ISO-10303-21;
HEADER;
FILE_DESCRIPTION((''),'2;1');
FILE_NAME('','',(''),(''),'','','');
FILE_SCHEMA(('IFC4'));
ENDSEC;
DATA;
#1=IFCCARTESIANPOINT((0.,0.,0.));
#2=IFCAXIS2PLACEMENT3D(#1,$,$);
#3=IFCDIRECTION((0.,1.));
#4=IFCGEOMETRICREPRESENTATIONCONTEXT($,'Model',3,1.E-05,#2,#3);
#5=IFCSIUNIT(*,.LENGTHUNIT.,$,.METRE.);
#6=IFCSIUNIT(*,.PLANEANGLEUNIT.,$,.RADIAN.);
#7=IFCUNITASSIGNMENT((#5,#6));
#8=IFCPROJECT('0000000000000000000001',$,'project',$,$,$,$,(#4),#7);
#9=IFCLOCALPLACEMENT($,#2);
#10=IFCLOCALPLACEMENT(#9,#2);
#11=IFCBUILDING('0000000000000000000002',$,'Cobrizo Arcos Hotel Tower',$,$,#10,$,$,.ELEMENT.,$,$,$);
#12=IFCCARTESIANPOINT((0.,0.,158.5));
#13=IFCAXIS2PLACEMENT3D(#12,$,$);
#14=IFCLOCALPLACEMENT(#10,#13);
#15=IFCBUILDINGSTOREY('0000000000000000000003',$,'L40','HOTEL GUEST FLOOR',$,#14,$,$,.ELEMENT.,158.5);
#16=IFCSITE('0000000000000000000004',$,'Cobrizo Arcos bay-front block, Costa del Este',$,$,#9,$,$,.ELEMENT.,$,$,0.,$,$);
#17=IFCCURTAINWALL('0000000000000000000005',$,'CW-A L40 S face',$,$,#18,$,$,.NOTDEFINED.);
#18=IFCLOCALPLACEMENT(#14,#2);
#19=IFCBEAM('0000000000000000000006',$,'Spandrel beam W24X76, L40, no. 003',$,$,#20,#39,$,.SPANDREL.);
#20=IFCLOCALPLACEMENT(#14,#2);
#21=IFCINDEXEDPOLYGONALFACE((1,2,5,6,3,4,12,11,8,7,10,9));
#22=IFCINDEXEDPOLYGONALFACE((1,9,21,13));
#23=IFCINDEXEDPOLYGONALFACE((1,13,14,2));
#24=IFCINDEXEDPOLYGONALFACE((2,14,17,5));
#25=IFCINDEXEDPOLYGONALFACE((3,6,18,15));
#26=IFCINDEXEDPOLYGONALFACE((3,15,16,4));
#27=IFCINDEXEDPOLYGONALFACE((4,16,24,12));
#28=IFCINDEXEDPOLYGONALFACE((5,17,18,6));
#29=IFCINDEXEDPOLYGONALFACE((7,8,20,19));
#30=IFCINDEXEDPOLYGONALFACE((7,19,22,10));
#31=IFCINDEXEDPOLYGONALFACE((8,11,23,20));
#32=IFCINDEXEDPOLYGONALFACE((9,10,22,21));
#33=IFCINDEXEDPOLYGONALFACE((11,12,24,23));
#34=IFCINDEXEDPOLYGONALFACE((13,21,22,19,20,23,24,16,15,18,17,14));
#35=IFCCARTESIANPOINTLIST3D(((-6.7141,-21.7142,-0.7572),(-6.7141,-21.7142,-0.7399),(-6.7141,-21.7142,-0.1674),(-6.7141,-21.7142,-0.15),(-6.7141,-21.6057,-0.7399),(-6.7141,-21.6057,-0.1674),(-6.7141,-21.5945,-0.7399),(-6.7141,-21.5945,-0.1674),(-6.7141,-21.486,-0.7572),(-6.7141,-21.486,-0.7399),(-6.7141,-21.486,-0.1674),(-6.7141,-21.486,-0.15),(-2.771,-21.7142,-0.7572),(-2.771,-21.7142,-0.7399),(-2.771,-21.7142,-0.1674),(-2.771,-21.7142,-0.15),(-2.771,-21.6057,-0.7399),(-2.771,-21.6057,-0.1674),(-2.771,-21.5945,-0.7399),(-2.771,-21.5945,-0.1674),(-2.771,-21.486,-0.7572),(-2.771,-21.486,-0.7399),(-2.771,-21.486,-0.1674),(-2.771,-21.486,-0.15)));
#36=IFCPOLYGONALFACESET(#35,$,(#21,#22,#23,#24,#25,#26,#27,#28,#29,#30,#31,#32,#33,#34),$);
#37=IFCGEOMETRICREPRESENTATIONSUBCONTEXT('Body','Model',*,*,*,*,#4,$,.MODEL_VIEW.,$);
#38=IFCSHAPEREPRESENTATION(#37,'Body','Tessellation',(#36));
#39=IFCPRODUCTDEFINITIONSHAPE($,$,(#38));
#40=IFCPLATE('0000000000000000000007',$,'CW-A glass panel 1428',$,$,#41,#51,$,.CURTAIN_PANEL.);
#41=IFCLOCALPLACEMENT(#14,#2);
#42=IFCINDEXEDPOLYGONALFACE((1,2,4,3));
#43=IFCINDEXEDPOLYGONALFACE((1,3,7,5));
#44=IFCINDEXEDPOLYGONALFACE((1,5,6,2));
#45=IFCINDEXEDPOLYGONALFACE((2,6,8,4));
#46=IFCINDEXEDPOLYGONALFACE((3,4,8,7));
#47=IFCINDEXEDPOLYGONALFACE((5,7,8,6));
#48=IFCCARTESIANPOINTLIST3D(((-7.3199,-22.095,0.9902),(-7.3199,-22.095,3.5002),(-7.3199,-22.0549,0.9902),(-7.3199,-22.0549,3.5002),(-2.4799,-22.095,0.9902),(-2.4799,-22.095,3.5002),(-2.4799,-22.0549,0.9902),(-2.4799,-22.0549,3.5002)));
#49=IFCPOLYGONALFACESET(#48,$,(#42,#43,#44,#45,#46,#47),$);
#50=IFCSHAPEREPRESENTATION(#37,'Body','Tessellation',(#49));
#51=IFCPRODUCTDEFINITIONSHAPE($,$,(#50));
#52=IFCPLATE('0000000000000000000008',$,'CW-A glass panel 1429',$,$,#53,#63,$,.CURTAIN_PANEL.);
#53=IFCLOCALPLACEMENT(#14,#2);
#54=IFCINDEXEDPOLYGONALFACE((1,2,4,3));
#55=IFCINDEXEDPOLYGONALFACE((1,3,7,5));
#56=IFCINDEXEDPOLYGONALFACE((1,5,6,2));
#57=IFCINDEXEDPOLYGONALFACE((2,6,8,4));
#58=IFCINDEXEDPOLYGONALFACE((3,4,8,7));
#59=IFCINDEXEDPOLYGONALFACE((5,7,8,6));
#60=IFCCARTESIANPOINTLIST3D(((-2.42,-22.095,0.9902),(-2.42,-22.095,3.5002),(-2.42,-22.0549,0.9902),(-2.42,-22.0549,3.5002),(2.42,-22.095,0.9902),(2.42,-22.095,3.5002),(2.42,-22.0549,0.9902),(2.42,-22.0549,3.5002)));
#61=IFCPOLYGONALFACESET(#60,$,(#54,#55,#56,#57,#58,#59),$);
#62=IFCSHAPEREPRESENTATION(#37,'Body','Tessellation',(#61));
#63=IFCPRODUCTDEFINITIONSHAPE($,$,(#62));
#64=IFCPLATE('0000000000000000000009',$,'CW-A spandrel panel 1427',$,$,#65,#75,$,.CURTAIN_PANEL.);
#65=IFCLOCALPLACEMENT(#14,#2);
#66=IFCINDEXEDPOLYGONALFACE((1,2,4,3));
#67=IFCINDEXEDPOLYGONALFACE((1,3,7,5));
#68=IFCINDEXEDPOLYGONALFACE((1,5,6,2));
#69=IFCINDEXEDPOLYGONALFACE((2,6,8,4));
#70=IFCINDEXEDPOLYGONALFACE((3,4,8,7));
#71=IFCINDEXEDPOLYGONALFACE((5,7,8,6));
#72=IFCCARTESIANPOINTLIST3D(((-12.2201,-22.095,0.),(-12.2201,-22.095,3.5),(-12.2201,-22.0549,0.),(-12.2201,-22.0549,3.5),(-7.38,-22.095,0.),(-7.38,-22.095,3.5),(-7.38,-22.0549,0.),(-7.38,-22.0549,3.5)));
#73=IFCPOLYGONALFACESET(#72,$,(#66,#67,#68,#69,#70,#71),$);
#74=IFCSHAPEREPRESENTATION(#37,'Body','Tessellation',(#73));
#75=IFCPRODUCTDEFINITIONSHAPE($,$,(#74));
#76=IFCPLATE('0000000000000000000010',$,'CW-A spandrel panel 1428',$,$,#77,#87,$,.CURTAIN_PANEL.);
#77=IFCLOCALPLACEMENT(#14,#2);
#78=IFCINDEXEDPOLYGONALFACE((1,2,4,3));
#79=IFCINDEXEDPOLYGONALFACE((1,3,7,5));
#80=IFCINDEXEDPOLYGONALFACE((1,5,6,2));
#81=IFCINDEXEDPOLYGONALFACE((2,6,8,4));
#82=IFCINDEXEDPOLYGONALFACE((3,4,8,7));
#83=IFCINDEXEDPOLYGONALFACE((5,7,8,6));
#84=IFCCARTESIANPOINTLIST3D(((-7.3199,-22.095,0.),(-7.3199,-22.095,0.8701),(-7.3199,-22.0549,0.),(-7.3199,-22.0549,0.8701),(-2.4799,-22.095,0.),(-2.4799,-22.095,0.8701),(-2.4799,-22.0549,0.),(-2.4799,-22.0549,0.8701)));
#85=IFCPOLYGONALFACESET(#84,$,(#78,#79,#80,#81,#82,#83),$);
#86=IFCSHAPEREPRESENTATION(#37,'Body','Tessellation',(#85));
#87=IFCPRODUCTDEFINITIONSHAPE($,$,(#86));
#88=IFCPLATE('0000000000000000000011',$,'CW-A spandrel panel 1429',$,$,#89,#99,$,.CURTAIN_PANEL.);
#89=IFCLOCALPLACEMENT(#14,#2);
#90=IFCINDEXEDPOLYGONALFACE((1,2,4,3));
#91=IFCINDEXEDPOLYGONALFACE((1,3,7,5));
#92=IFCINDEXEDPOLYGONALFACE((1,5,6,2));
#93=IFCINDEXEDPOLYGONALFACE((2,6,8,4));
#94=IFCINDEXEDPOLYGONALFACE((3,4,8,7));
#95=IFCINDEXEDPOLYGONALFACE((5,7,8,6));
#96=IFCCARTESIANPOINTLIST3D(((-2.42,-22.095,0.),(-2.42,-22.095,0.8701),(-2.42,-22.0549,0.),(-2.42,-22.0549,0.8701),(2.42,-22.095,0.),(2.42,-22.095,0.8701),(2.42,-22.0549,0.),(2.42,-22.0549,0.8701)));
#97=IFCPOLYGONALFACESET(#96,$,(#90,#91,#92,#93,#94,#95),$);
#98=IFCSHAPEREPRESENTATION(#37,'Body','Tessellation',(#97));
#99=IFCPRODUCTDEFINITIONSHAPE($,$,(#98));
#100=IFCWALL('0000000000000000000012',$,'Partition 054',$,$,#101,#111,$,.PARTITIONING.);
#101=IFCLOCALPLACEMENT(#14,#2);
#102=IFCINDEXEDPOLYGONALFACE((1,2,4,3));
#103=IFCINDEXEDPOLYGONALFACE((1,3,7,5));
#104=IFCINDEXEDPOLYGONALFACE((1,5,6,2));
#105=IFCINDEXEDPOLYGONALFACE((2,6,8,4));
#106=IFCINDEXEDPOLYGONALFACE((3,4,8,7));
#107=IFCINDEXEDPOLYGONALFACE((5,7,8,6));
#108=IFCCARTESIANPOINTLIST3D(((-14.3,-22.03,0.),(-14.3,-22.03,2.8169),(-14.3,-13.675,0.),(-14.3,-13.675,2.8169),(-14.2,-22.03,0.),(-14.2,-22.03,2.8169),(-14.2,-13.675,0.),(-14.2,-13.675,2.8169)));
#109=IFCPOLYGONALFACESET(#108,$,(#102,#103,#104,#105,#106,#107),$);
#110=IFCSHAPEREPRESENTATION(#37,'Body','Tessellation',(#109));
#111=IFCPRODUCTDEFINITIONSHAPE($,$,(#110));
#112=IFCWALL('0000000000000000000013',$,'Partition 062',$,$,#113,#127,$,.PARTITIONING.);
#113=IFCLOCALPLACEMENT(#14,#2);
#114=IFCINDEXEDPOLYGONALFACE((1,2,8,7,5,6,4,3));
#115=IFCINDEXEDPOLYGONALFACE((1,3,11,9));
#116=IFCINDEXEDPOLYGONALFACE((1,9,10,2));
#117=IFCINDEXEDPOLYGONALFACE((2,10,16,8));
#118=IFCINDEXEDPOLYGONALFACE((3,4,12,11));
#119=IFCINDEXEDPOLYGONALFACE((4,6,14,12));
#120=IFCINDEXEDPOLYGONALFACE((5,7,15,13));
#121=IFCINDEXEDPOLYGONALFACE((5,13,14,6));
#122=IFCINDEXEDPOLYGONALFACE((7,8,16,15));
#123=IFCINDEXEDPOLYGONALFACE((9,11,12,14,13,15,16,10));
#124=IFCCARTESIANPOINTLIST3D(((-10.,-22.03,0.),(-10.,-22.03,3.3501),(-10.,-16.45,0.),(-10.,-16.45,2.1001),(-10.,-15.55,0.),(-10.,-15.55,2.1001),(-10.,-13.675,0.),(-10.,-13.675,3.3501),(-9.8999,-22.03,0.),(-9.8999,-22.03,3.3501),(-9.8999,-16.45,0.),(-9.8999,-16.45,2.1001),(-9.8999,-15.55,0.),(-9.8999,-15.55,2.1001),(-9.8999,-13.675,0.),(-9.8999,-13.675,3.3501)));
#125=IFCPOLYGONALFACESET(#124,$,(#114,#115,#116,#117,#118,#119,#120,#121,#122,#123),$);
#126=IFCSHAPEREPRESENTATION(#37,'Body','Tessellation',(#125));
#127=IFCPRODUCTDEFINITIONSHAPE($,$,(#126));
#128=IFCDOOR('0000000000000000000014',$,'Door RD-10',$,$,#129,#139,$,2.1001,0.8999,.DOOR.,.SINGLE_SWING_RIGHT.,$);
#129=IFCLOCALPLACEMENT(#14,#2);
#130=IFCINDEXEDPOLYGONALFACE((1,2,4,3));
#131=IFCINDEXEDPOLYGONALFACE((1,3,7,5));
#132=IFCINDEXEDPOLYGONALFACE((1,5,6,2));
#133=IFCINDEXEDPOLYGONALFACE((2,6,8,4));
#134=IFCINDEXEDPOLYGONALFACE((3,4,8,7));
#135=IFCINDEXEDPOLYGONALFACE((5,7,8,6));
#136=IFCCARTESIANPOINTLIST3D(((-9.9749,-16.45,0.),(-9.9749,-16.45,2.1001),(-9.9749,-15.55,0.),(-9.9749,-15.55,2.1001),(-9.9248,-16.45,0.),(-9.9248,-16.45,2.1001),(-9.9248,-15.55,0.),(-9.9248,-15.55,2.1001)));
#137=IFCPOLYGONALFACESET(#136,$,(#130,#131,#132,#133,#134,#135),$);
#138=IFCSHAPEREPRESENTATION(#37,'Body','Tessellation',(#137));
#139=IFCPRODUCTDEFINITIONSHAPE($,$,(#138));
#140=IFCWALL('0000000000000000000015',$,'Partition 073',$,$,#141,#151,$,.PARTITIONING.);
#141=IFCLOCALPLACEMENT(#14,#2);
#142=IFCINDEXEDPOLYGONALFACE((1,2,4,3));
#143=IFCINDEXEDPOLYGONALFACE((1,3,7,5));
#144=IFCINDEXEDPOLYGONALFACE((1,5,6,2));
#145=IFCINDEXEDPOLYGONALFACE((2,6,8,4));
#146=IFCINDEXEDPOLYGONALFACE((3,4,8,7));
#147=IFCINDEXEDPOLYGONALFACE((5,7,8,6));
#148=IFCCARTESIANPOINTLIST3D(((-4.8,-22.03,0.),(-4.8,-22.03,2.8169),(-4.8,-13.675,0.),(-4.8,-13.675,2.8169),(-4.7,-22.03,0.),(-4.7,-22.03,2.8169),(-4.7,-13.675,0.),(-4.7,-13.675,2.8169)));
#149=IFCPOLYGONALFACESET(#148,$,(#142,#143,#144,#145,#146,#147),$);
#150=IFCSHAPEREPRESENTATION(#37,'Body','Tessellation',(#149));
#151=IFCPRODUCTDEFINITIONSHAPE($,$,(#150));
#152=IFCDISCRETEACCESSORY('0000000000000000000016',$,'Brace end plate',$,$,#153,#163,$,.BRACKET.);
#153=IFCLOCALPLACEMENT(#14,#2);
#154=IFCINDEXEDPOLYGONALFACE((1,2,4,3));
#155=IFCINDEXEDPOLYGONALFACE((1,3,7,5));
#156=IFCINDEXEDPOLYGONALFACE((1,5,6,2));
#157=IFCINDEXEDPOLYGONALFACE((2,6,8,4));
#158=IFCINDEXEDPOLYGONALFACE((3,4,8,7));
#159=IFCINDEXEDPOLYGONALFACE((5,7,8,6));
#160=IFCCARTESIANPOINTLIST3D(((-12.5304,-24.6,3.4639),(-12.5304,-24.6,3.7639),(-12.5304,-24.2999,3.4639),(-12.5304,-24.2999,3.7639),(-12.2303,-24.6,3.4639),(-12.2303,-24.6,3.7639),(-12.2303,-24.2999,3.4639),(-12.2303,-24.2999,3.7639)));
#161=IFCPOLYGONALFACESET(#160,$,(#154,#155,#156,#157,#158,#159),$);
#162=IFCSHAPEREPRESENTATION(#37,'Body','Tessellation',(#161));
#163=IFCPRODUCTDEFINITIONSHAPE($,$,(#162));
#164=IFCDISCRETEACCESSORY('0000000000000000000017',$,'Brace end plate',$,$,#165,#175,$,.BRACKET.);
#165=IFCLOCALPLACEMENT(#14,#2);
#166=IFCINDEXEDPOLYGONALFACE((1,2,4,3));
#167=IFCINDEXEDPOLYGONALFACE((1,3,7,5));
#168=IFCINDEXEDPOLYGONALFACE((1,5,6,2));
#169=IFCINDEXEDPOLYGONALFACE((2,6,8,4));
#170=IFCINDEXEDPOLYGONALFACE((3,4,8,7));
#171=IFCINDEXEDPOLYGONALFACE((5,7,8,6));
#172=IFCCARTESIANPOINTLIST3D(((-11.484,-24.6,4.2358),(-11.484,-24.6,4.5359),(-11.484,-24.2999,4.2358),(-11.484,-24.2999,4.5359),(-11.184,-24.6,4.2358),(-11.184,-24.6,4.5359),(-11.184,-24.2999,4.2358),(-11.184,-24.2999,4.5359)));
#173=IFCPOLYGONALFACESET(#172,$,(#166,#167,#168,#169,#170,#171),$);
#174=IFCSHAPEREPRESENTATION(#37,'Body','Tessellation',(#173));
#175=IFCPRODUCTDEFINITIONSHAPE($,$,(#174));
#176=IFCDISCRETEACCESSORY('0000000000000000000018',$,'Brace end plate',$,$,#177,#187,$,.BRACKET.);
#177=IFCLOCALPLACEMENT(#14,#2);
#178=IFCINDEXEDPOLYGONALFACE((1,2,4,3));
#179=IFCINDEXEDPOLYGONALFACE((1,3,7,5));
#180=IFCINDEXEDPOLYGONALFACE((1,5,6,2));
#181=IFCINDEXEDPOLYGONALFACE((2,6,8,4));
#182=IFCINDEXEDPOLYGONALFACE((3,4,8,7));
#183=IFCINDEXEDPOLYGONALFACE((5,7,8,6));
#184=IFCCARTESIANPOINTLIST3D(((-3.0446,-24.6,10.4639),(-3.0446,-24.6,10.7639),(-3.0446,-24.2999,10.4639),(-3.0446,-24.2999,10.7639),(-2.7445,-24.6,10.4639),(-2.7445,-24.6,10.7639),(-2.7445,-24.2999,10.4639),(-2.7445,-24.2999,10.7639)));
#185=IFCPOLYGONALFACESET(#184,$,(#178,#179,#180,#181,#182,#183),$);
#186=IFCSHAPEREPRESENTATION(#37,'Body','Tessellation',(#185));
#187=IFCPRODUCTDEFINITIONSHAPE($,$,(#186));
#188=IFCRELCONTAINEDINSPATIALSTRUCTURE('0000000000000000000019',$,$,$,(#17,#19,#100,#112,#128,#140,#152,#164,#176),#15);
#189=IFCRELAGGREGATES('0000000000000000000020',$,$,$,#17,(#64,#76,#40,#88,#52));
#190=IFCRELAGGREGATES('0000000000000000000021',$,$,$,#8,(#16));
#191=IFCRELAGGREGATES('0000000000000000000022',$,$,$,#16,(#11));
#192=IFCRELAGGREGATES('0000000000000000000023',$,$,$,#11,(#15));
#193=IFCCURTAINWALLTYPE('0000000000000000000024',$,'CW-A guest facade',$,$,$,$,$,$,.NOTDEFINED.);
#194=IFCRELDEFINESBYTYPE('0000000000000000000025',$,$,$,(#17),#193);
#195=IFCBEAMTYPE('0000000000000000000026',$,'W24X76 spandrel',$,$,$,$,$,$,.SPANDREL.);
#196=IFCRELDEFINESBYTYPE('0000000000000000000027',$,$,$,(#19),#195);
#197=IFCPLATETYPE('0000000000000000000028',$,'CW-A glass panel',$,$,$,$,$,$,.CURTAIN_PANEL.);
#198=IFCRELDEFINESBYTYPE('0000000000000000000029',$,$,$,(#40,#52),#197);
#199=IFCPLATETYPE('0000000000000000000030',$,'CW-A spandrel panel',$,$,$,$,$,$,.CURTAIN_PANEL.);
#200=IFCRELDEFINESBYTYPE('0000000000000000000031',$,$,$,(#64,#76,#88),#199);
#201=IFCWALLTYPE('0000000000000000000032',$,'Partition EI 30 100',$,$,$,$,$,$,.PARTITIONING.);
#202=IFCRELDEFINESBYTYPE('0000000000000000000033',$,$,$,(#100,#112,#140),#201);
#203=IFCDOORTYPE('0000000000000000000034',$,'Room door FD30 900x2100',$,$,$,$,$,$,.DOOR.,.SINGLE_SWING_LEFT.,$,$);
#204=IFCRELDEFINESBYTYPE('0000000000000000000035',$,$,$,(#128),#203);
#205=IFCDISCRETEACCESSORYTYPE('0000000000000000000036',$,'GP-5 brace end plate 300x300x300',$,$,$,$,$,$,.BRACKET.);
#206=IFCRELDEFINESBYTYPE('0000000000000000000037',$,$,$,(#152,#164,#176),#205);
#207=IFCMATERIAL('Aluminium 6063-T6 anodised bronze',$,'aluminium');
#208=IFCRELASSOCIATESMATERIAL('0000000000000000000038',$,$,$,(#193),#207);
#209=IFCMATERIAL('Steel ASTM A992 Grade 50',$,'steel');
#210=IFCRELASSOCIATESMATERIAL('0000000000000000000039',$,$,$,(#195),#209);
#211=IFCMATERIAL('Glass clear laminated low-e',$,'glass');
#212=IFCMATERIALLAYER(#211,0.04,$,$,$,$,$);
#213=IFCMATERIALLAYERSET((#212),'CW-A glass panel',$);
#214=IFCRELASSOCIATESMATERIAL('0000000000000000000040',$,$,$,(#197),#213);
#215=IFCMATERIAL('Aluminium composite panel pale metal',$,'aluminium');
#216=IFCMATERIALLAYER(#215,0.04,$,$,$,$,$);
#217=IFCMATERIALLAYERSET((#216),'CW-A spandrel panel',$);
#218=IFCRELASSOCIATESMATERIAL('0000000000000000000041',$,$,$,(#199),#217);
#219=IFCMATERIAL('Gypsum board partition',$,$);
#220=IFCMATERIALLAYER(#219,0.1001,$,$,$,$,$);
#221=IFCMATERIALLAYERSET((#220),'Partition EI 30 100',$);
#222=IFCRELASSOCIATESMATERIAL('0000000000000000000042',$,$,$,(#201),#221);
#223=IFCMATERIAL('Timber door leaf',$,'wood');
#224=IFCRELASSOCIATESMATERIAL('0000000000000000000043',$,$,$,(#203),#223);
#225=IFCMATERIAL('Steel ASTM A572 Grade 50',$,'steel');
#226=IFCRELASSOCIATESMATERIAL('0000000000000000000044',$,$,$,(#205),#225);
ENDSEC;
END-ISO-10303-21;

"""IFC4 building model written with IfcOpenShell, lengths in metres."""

from ifc_helpers import new_model, si_unit, direction, frame, frame_2d, origin, origin_2d, place, context, subcontext, project, spatial, rectangle, i_section, extrude, material, layer, layer_set, material_profile, profile_set, type_object, element, fill, aggregate, save


model = new_model("IFC4")

# Units and contexts
model_context = context("Model", 3, precision=1e-05, world=origin(), true_north=direction((0.0, 1.0)))
body_context = subcontext(model_context, "Body", "Model", "MODEL_VIEW")
ifc_project = project(units=[si_unit("LENGTHUNIT", "METRE"), si_unit("PLANEANGLEUNIT", "RADIAN")], contexts=[model_context])

# Site, building, storey
site_placement = place(None, origin())
site = spatial("IfcSite", under=ifc_project, at=site_placement, Name="Cobrizo Arcos bay-front block, Costa del Este", CompositionType="ELEMENT", RefElevation=0.0)
building_placement = place(site_placement, origin())
building = spatial("IfcBuilding", under=site, at=building_placement, Name="Cobrizo Arcos Hotel Tower", CompositionType="ELEMENT")
storey_placement = place(building_placement, frame((0.0, 0.0, 158.5)))
storey = spatial("IfcBuildingStorey", under=building, at=storey_placement, Name="L40", Description="HOTEL GUEST FLOOR", CompositionType="ELEMENT", Elevation=158.5)

# Shared definitions
ifc_material_1 = material(Name="Steel ASTM A572 Grade 50", Category="steel")

# Curtain wall
ifc_material_2 = material(Name="Aluminium 6063-T6 anodised bronze", Category="aluminium")
curtain_wall_type = type_object("IfcCurtainWallType", Name="CW-A guest facade", PredefinedType="NOTDEFINED", material=ifc_material_2)
curtain_wall_placement = place(storey_placement, origin())
curtain_wall = element("IfcCurtainWall", 1, at=curtain_wall_placement, inside=storey, type_object=curtain_wall_type, Name="CW-A L40 S face", PredefinedType="NOTDEFINED")

# Beam
ifc_material_3 = material(Name="Steel ASTM A992 Grade 50", Category="steel")
ifc_material_profile_1 = material_profile(ifc_material_3, i_section(OverallWidth=0.2283, OverallDepth=0.6072, WebThickness=0.0112, FlangeThickness=0.0173, at=origin_2d()), Name="W24X76")
ifc_profile_set_1 = profile_set([ifc_material_profile_1], Name="Steel ASTM A992 Grade 50")
beam_type = type_object("IfcBeamType", Name="W24X76 spandrel", PredefinedType="SPANDREL", material=ifc_profile_set_1)
for number, where, z_axis, x_axis, name in (
    (2, (-6.7141, -21.6001, -0.4536), (1.0, 0.0, 0.0), (0.0, 1.0, 0.0), "Spandrel beam W24X76, L40, no. 003"),
):
    element("IfcBeam", number, at=place(storey_placement, frame(where, z_axis=z_axis, x_axis=x_axis)), inside=storey, type_object=beam_type, Name=name, PredefinedType="SPANDREL", context=body_context, shape_type="SweptSolid", body=[
        extrude(i_section(OverallWidth=0.2283, OverallDepth=0.6072, WebThickness=0.0112, FlangeThickness=0.0173, at=origin_2d()), origin(), (0.0, 0.0, 1.0), 3.9431),
    ])

# Plates
ifc_material_4 = material(Name="Glass clear laminated low-e", Category="glass")
ifc_layer_1 = layer(ifc_material_4, 0.04)
ifc_layer_set_1 = layer_set([ifc_layer_1], Name="CW-A glass panel")
plate_type_1 = type_object("IfcPlateType", Name="CW-A glass panel", PredefinedType="CURTAIN_PANEL", material=ifc_layer_set_1)
plate_1_placement = place(storey_placement, frame((-4.8999, -22.075, 0.9902), z_axis=(0.0, 0.0, 1.0), x_axis=(1.0, 0.0, 0.0)))
plate_1 = element("IfcPlate", 3, at=plate_1_placement, type_object=plate_type_1, Name="CW-A glass panel 1428", PredefinedType="CURTAIN_PANEL", context=body_context, shape_type="SweptSolid", body=[
    extrude(rectangle(XDim=4.8401, YDim=0.04, at=origin_2d()), origin(), (0.0, 0.0, 1.0), 2.51),
])
plate_2_placement = place(storey_placement, frame((0.0, -22.075, 0.9902), z_axis=(0.0, 0.0, 1.0), x_axis=(1.0, 0.0, 0.0)))
plate_2 = element("IfcPlate", 4, at=plate_2_placement, type_object=plate_type_1, Name="CW-A glass panel 1429", PredefinedType="CURTAIN_PANEL", context=body_context, shape_type="SweptSolid", body=[
    extrude(rectangle(XDim=4.8401, YDim=0.04, at=origin_2d()), origin(), (0.0, 0.0, 1.0), 2.51),
])
ifc_material_5 = material(Name="Aluminium composite panel pale metal", Category="aluminium")
ifc_layer_2 = layer(ifc_material_5, 0.04)
ifc_layer_set_2 = layer_set([ifc_layer_2], Name="CW-A spandrel panel")
plate_type_2 = type_object("IfcPlateType", Name="CW-A spandrel panel", PredefinedType="CURTAIN_PANEL", material=ifc_layer_set_2)
plate_3_placement = place(storey_placement, frame((-9.8, -22.075, 0.0), z_axis=(0.0, 0.0, 1.0), x_axis=(1.0, 0.0, 0.0)))
plate_3 = element("IfcPlate", 5, at=plate_3_placement, type_object=plate_type_2, Name="CW-A spandrel panel 1427", PredefinedType="CURTAIN_PANEL", context=body_context, shape_type="SweptSolid", body=[
    extrude(rectangle(XDim=4.8401, YDim=0.04, at=origin_2d()), origin(), (0.0, 0.0, 1.0), 3.5),
])
plate_4_placement = place(storey_placement, frame((-4.8999, -22.075, 0.0), z_axis=(0.0, 0.0, 1.0), x_axis=(1.0, 0.0, 0.0)))
plate_4 = element("IfcPlate", 6, at=plate_4_placement, type_object=plate_type_2, Name="CW-A spandrel panel 1428", PredefinedType="CURTAIN_PANEL", context=body_context, shape_type="SweptSolid", body=[
    extrude(rectangle(XDim=4.8401, YDim=0.04, at=origin_2d()), origin(), (0.0, 0.0, 1.0), 0.8701),
])
plate_5_placement = place(storey_placement, frame((0.0, -22.075, 0.0), z_axis=(0.0, 0.0, 1.0), x_axis=(1.0, 0.0, 0.0)))
plate_5 = element("IfcPlate", 7, at=plate_5_placement, type_object=plate_type_2, Name="CW-A spandrel panel 1429", PredefinedType="CURTAIN_PANEL", context=body_context, shape_type="SweptSolid", body=[
    extrude(rectangle(XDim=4.8401, YDim=0.04, at=origin_2d()), origin(), (0.0, 0.0, 1.0), 0.8701),
])
aggregate(curtain_wall, [plate_3, plate_4, plate_1, plate_5, plate_2])

# Wall
ifc_material_6 = material(Name="Gypsum board partition")
ifc_layer_3 = layer(ifc_material_6, 0.1001)
ifc_layer_set_3 = layer_set([ifc_layer_3], Name="Partition EI 30 100")
wall_type = type_object("IfcWallType", Name="Partition EI 30 100", PredefinedType="PARTITIONING", material=ifc_layer_set_3)
wall_1_placement = place(storey_placement, frame((-14.25, -22.03, 0.0), z_axis=(0.0, 0.0, 1.0), x_axis=(0.0, 1.0, 0.0)))
element("IfcWall", 8, at=wall_1_placement, inside=storey, type_object=wall_type, Name="Partition 054", PredefinedType="PARTITIONING", context=body_context, shape_type="SweptSolid", body=[
    extrude(rectangle(XDim=8.355, YDim=0.1001, at=frame_2d((4.1775, 0.0))), origin(), (0.0, 0.0, 1.0), 2.8169),
])

# Wall, opening, door
wall_2_placement = place(storey_placement, frame((-9.95, -22.03, 0.0), z_axis=(0.0, 0.0, 1.0), x_axis=(0.0, 1.0, 0.0)))
wall_2 = element("IfcWall", 9, at=wall_2_placement, inside=storey, type_object=wall_type, Name="Partition 062", PredefinedType="PARTITIONING", context=body_context, shape_type="SweptSolid", body=[
    extrude(rectangle(XDim=8.355, YDim=0.1001, at=frame_2d((4.1775, 0.0))), origin(), (0.0, 0.0, 1.0), 3.3501),
])
opening_placement = place(wall_2_placement, frame((5.5801, 0.0, 0.0)))
opening = element("IfcOpeningElement", 10, at=opening_placement, cuts=wall_2, PredefinedType="OPENING", context=body_context, shape_type="SweptSolid", body=[
    extrude(rectangle(XDim=0.8999, YDim=2.1001, at=frame_2d((0.45, 1.05))), frame((0.0, 0.062, 0.0), z_axis=(0.0, -1.0, 0.0), x_axis=(1.0, 0.0, 0.0)), (0.0, 0.0, 1.0), 0.124),
])
ifc_material_7 = material(Name="Timber door leaf", Category="wood")
door_type = type_object("IfcDoorType", Name="Room door FD30 900x2100", OperationType="SINGLE_SWING_LEFT", PredefinedType="DOOR", material=ifc_material_7)
door_placement = place(opening_placement, origin())
door = element("IfcDoor", 11, at=door_placement, inside=storey, type_object=door_type, Name="Door RD-10", OperationType="SINGLE_SWING_RIGHT", OverallHeight=2.1001, OverallWidth=0.8999, PredefinedType="DOOR", context=body_context, shape_type="SweptSolid", body=[
    extrude(rectangle(XDim=0.8999, YDim=2.1001, at=frame_2d((0.45, 1.05))), frame((0.0, 0.0249, 0.0), z_axis=(0.0, -1.0, 0.0), x_axis=(1.0, 0.0, 0.0)), (0.0, 0.0, 1.0), 0.05),
])
fill(opening, door)

# Wall
wall_3_placement = place(storey_placement, frame((-4.75, -22.03, 0.0), z_axis=(0.0, 0.0, 1.0), x_axis=(0.0, 1.0, 0.0)))
element("IfcWall", 12, at=wall_3_placement, inside=storey, type_object=wall_type, Name="Partition 073", PredefinedType="PARTITIONING", context=body_context, shape_type="SweptSolid", body=[
    extrude(rectangle(XDim=8.355, YDim=0.1001, at=frame_2d((4.1775, 0.0))), origin(), (0.0, 0.0, 1.0), 2.8169),
])

# Discrete accessories
discrete_accessory_type = type_object("IfcDiscreteAccessoryType", Name="GP-5 brace end plate 300x300x300", PredefinedType="BRACKET", material=ifc_material_1)
for number, where, z_axis, x_axis, name in (
    (13, (-12.3804, -24.45, 3.4639), (0.0, 0.0, 1.0), (1.0, 0.0, 0.0), "Brace end plate"),
    (14, (-11.334, -24.45, 4.2358), (0.0, 0.0, 1.0), (1.0, 0.0, 0.0), "Brace end plate"),
    (15, (-2.8945, -24.45, 10.4639), (0.0, 0.0, 1.0), (1.0, 0.0, 0.0), "Brace end plate"),
):
    element("IfcDiscreteAccessory", number, at=place(storey_placement, frame(where, z_axis=z_axis, x_axis=x_axis)), inside=storey, type_object=discrete_accessory_type, Name=name, PredefinedType="BRACKET", context=body_context, shape_type="SweptSolid", body=[
        extrude(rectangle(XDim=0.3, YDim=0.3, at=origin_2d()), origin(), (0.0, 0.0, 1.0), 0.3),
    ])

save(model, "model.ifc")
